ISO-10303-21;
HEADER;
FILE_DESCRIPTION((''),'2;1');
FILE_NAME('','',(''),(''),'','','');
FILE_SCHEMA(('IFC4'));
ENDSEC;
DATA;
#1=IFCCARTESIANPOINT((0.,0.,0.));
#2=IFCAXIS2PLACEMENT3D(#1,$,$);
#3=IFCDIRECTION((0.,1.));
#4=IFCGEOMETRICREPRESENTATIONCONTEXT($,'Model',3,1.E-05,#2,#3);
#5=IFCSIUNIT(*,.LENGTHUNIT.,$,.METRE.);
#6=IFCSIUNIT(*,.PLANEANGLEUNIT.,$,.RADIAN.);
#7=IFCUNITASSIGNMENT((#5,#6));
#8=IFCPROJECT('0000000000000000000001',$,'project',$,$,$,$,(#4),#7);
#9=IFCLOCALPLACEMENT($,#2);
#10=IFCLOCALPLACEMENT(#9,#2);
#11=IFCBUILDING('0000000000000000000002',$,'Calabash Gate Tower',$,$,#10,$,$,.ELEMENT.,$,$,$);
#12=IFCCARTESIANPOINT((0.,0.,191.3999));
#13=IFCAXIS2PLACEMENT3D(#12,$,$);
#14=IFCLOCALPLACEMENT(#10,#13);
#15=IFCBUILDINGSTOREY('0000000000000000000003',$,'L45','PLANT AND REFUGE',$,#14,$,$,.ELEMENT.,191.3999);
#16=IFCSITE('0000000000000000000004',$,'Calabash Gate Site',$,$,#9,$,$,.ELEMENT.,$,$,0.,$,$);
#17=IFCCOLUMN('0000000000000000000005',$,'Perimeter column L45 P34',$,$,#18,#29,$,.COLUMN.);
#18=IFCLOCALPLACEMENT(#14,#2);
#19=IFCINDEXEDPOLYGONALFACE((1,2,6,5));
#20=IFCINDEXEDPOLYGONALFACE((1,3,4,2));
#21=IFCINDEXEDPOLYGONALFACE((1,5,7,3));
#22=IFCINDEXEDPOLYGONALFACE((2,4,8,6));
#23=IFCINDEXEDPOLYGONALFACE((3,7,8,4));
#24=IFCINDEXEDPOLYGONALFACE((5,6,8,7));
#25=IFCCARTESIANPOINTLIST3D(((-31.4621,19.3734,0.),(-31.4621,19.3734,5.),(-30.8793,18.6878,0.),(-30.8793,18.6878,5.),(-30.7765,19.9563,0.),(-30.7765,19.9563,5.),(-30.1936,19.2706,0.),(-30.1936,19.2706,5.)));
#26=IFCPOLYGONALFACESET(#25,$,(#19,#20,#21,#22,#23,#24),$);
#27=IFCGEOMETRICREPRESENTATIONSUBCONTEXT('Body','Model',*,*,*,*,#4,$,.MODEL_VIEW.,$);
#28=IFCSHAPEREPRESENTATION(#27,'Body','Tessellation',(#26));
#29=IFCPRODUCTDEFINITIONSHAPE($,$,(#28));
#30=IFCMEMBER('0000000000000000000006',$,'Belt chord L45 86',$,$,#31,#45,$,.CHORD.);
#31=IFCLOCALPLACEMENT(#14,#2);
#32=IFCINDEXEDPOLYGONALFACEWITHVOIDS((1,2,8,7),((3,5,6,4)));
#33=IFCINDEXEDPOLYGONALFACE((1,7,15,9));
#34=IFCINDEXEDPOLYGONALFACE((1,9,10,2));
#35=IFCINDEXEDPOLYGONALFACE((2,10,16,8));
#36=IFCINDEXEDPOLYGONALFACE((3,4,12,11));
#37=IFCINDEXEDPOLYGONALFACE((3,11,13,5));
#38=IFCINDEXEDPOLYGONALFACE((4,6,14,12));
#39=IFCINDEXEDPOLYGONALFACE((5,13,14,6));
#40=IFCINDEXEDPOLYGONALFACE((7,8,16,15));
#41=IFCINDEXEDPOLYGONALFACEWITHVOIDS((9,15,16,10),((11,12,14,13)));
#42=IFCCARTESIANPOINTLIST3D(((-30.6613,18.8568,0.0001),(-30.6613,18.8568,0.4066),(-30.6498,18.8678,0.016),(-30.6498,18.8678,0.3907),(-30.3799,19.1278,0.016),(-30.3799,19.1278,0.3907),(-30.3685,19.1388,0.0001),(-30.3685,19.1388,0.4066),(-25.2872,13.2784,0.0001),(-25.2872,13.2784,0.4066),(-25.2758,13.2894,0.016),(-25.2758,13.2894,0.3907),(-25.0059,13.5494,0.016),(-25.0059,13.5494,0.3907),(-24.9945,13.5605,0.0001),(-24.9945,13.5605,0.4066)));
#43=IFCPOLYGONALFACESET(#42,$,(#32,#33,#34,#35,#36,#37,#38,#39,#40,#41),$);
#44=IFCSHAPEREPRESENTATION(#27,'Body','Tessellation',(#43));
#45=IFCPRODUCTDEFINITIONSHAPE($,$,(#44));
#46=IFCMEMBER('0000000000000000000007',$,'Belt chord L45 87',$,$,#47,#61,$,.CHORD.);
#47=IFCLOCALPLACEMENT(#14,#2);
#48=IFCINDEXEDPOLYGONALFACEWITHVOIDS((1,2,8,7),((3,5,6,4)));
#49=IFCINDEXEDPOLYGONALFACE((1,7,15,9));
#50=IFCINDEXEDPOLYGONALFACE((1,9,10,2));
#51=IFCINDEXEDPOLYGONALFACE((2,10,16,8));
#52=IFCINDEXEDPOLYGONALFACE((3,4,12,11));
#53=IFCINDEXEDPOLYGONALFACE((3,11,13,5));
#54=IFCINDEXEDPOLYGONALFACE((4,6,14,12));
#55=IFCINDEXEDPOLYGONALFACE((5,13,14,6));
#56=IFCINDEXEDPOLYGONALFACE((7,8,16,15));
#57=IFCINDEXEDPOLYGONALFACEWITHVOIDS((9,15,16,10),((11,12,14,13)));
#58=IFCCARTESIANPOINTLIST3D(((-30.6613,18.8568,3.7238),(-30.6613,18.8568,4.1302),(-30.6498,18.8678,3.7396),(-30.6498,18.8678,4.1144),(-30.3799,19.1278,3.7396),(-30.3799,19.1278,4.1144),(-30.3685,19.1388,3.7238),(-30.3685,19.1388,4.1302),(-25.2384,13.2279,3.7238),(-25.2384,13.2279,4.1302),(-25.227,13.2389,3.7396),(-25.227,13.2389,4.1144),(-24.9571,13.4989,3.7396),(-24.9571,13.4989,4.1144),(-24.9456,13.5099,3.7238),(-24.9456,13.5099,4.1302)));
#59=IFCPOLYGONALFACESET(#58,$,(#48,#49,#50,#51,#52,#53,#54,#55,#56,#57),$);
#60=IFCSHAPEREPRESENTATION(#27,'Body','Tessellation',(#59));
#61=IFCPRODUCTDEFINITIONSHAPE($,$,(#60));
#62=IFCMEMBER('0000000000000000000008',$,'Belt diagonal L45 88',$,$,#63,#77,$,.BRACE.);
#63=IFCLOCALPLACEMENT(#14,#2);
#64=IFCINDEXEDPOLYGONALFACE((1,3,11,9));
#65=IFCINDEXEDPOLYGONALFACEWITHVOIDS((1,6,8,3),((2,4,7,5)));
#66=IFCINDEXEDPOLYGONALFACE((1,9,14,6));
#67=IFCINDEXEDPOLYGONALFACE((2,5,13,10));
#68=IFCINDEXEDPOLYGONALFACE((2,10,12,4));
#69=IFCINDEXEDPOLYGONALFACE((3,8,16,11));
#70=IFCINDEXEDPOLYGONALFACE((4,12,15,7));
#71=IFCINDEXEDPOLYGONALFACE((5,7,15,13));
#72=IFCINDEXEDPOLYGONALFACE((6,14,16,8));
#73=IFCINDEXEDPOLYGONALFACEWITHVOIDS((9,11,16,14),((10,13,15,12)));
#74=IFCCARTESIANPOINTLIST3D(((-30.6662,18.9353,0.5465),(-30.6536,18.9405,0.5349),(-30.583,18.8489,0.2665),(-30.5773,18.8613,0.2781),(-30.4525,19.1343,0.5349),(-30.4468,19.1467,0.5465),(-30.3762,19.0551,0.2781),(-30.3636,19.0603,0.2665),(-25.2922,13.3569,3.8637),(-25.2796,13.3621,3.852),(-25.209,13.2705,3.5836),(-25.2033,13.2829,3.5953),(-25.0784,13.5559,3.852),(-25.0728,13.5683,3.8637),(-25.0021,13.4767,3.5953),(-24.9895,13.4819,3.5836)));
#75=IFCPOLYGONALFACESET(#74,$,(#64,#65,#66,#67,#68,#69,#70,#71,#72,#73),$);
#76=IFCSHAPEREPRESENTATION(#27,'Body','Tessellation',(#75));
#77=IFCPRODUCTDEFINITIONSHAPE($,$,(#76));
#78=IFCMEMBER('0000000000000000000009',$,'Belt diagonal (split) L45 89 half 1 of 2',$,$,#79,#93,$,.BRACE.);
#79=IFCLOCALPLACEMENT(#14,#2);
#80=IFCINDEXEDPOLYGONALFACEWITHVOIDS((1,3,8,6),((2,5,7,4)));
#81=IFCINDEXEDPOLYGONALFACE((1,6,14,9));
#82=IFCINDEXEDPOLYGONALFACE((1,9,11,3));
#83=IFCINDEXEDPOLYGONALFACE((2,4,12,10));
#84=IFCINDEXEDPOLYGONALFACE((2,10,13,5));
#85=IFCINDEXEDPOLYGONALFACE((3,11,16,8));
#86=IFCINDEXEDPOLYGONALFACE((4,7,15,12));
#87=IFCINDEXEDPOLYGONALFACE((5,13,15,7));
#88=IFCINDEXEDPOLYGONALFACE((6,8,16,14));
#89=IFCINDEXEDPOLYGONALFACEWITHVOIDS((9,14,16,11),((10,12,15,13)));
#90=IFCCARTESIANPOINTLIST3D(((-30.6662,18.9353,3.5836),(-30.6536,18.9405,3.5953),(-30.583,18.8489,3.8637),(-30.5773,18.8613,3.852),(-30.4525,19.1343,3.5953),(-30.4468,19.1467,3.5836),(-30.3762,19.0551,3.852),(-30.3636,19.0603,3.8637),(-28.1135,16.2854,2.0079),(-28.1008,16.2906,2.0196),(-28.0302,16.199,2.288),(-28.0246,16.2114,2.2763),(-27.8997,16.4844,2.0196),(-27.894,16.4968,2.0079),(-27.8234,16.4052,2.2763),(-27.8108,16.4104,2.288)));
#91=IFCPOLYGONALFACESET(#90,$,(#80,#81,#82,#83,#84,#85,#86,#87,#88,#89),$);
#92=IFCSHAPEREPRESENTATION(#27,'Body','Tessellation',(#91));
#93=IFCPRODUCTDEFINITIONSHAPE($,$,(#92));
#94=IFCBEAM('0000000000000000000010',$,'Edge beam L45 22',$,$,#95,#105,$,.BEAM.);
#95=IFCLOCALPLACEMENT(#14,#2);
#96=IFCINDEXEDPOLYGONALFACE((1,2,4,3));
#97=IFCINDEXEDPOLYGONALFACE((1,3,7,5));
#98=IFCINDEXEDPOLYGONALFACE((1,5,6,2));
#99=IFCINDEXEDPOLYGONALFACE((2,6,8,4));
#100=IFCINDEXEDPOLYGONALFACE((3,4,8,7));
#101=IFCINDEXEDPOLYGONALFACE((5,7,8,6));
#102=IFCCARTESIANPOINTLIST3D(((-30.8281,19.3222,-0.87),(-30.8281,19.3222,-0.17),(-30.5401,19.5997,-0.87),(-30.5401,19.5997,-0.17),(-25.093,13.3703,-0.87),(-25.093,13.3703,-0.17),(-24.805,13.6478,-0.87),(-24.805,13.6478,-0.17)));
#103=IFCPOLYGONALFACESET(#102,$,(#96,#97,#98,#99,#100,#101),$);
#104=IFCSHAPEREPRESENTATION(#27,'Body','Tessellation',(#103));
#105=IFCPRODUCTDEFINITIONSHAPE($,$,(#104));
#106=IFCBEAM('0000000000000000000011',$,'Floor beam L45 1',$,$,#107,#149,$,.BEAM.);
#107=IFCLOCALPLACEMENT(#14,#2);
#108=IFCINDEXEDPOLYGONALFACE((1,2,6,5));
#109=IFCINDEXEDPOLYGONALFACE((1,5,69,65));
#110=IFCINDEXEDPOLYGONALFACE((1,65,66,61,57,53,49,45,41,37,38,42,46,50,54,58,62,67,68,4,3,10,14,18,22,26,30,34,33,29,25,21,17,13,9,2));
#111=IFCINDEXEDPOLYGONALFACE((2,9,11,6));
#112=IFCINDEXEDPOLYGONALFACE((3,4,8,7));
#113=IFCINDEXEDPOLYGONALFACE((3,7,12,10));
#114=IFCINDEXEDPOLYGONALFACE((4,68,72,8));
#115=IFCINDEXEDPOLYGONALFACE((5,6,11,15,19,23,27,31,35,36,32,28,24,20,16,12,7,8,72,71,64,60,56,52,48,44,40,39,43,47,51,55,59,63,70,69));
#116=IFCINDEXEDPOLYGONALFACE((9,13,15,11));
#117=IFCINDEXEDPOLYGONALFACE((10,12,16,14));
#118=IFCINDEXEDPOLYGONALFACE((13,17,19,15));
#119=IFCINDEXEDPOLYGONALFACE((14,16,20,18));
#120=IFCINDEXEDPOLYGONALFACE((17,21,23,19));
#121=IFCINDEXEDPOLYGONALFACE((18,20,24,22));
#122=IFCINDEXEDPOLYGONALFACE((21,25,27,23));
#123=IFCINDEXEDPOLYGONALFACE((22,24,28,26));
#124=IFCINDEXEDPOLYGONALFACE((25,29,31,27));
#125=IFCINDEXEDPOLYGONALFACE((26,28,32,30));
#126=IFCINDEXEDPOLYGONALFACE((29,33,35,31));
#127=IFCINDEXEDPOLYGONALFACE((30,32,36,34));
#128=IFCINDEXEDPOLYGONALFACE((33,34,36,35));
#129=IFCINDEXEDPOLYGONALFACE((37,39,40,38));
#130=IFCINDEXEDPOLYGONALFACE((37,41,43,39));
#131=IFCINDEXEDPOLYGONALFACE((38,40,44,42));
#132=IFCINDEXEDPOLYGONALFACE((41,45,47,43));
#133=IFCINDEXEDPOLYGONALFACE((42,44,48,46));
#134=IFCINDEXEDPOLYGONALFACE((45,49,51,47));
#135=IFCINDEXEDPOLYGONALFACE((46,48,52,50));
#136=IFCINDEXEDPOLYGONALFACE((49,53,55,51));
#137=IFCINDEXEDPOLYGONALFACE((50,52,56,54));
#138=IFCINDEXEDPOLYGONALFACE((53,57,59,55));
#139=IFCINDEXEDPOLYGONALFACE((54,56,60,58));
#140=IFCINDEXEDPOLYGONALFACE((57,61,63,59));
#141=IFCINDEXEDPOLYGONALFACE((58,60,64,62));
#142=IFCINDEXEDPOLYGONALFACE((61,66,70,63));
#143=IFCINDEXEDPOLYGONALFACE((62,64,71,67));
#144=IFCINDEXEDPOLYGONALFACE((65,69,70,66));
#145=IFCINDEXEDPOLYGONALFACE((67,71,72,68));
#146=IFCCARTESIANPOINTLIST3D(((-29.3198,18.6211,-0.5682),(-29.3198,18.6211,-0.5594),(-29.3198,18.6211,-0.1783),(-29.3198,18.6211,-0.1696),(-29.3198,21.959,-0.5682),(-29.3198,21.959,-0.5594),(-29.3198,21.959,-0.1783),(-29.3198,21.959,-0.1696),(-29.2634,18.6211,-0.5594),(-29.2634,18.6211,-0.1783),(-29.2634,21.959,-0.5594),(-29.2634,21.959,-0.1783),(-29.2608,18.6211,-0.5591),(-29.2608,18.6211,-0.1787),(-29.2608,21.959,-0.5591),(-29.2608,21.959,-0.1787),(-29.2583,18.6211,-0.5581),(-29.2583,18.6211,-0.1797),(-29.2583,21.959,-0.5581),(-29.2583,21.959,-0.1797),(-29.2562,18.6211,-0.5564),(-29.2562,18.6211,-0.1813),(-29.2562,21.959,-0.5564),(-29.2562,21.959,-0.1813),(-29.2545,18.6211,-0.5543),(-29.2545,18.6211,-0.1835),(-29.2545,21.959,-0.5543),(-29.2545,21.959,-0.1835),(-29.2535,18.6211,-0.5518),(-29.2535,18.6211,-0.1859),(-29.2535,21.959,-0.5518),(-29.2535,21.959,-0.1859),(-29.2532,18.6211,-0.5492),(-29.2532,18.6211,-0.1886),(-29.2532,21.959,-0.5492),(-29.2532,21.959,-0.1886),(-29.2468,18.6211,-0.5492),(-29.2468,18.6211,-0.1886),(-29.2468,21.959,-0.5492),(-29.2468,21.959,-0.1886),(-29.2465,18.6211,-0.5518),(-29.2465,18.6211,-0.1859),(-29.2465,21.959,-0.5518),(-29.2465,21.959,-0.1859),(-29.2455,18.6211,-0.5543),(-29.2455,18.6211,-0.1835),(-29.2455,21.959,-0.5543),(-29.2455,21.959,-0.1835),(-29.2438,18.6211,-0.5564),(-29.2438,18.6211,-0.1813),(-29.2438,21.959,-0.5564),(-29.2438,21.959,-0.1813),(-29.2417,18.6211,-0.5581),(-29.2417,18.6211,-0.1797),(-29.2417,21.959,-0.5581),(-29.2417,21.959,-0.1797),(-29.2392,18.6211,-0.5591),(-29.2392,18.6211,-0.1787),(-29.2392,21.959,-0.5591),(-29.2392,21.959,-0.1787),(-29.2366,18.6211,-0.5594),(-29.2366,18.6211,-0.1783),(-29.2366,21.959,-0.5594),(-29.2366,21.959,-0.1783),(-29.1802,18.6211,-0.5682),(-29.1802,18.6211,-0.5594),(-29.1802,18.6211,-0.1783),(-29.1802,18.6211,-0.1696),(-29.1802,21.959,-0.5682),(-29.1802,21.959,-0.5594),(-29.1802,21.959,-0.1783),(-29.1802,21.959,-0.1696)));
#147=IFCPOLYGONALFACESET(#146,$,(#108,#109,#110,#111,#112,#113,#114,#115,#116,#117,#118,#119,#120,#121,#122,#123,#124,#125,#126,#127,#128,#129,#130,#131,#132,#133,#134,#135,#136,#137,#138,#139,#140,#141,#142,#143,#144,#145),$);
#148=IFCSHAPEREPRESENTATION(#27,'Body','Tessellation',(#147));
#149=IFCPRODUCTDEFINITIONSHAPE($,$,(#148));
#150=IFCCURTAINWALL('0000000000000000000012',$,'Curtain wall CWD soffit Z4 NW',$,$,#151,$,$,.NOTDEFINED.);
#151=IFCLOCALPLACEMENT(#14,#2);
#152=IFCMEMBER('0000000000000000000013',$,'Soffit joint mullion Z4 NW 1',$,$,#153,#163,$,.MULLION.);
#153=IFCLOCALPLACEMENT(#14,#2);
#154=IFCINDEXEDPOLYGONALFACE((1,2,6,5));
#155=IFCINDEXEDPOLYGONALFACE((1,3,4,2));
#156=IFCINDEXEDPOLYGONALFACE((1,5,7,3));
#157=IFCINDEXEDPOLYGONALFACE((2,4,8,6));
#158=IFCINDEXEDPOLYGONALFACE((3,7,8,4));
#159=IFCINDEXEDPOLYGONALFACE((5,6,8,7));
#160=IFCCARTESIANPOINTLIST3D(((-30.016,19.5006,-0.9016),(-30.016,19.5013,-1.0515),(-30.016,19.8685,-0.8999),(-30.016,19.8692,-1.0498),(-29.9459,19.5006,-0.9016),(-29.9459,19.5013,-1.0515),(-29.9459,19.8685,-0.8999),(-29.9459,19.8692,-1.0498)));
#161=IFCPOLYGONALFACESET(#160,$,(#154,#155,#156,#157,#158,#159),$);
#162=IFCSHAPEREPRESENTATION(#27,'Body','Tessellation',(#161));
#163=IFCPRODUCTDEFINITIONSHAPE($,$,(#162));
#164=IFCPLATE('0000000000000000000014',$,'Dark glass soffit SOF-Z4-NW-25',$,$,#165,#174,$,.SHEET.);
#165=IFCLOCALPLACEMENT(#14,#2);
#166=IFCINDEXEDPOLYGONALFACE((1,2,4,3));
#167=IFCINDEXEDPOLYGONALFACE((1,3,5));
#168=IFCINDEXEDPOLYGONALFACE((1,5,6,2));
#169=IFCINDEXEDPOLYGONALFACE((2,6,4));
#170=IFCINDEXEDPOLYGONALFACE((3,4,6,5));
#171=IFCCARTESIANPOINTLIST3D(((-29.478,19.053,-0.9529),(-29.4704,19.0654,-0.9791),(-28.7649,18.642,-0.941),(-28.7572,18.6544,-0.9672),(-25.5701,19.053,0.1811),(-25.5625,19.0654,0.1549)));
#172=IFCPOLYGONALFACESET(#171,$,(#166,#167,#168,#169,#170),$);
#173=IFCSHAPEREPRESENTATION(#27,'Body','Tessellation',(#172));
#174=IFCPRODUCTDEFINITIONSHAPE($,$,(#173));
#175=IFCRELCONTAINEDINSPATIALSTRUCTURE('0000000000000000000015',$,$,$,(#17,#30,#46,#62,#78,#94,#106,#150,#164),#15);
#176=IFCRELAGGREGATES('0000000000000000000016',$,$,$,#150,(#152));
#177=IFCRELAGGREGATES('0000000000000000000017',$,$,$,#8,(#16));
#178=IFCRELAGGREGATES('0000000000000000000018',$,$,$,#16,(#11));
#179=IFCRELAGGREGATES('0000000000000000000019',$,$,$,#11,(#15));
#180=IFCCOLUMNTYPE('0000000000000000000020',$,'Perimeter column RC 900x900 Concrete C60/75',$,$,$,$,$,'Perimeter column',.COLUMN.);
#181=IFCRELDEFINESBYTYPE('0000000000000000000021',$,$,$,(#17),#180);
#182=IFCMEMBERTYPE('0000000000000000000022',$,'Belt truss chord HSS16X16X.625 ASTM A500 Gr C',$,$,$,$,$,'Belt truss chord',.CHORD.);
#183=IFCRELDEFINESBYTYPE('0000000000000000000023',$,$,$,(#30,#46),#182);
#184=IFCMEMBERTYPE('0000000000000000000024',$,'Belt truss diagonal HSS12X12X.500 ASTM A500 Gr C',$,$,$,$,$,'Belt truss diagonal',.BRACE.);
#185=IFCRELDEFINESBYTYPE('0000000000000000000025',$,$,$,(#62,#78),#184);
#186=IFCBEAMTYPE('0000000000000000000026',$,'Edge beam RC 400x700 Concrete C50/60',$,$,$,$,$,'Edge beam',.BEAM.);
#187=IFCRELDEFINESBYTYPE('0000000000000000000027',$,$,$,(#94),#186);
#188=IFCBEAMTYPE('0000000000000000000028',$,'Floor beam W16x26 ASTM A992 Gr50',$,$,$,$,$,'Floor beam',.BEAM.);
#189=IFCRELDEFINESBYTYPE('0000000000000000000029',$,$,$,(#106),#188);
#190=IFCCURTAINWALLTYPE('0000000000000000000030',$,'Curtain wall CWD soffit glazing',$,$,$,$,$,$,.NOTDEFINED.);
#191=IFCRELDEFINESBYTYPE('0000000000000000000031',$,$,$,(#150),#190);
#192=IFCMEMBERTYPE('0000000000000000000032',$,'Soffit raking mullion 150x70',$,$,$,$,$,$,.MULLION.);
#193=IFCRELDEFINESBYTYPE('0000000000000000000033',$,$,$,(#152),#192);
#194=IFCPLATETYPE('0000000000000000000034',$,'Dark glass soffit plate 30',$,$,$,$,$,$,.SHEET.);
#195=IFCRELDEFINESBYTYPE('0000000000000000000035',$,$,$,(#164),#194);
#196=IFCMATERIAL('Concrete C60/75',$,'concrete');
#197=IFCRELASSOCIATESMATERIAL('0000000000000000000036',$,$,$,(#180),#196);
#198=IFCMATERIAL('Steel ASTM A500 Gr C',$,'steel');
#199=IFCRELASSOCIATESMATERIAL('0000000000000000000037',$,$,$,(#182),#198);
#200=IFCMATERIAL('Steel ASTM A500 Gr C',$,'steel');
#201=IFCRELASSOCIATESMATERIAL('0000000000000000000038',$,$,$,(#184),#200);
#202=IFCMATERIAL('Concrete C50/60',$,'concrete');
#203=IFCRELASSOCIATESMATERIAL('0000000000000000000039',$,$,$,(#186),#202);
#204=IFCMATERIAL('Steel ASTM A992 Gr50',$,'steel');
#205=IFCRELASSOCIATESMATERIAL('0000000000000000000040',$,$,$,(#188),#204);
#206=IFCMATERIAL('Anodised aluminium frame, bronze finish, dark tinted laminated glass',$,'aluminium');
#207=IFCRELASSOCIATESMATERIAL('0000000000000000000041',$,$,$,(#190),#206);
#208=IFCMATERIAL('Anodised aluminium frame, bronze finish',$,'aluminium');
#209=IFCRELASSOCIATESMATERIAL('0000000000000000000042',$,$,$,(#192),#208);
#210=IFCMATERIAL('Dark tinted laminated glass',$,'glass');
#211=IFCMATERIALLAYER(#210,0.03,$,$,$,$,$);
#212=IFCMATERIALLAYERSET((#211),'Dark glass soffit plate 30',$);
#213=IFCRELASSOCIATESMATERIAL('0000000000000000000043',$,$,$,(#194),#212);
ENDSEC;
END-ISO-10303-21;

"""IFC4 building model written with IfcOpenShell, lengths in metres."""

from ifc_helpers import new_model, si_unit, direction, frame, origin, origin_2d, place, context, subcontext, project, spatial, polyline, rectangle, hollow_rectangle, i_section, outline, extrude, material, layer, layer_set, material_profile, profile_set, type_object, element, aggregate, save


model = new_model("IFC4")

# Units and contexts
model_context = context("Model", 3, precision=1e-05, world=origin(), true_north=direction((0.0, 1.0)))
body_context = subcontext(model_context, "Body", "Model", "MODEL_VIEW")
ifc_project = project(units=[si_unit("LENGTHUNIT", "METRE"), si_unit("PLANEANGLEUNIT", "RADIAN")], contexts=[model_context])

# Site, building, storey
site_placement = place(None, origin())
site = spatial("IfcSite", under=ifc_project, at=site_placement, Name="Calabash Gate Site", CompositionType="ELEMENT", RefElevation=0.0)
building_placement = place(site_placement, origin())
building = spatial("IfcBuilding", under=site, at=building_placement, Name="Calabash Gate Tower", CompositionType="ELEMENT")
storey_placement = place(building_placement, frame((0.0, 0.0, 191.3999)))
storey = spatial("IfcBuildingStorey", under=building, at=storey_placement, Name="L45", Description="PLANT AND REFUGE", CompositionType="ELEMENT", Elevation=191.3999)

# Column
ifc_material_1 = material(Name="Concrete C60/75", Category="concrete")
ifc_material_profile_1 = material_profile(ifc_material_1, rectangle(XDim=0.8999, YDim=0.8999, at=origin_2d()))
ifc_profile_set_1 = profile_set([ifc_material_profile_1], Name="Concrete C60/75")
column_type = type_object("IfcColumnType", Name="Perimeter column RC 900x900 Concrete C60/75", ElementType="Perimeter column", PredefinedType="COLUMN", material=ifc_profile_set_1)
column_placement = place(storey_placement, frame((-30.8279, 19.322, 0.0), z_axis=(0.0, 0.0, 1.0), x_axis=(0.647704, -0.761892, 0.0)))
element("IfcColumn", 1, at=column_placement, inside=storey, type_object=column_type, Name="Perimeter column L45 P34", PredefinedType="COLUMN", context=body_context, shape_type="SweptSolid", body=[
    extrude(rectangle(XDim=0.8999, YDim=0.8999, at=origin_2d()), origin(), (0.0, 0.0, 1.0), 5.0),
])

# Members
ifc_material_2 = material(Name="Steel ASTM A500 Gr C", Category="steel")
ifc_material_profile_2 = material_profile(ifc_material_2, hollow_rectangle(XDim=0.4065, YDim=0.4065, WallThickness=0.0159, at=origin_2d()))
ifc_profile_set_2 = profile_set([ifc_material_profile_2], Name="Steel ASTM A500 Gr C")
member_type_1 = type_object("IfcMemberType", Name="Belt truss chord HSS16X16X.625 ASTM A500 Gr C", ElementType="Belt truss chord", PredefinedType="CHORD", material=ifc_profile_set_2)
member_1_placement = place(storey_placement, frame((-30.5149, 18.9978, 0.2034), z_axis=(0.693793, -0.720174, 0.0), x_axis=(0.720174, 0.693793, 0.0)))
element("IfcMember", 2, at=member_1_placement, inside=storey, type_object=member_type_1, Name="Belt chord L45 86", PredefinedType="CHORD", context=body_context, shape_type="SweptSolid", body=[
    extrude(hollow_rectangle(XDim=0.4065, YDim=0.4065, WallThickness=0.0159, at=origin_2d()), origin(), (0.0, 0.0, 1.0), 7.7458),
])
member_2_placement = place(storey_placement, frame((-30.5149, 18.9978, 3.927), z_axis=(0.693803, -0.720165, 0.0), x_axis=(0.720165, 0.693803, 0.0)))
element("IfcMember", 3, at=member_2_placement, inside=storey, type_object=member_type_1, Name="Belt chord L45 87", PredefinedType="CHORD", context=body_context, shape_type="SweptSolid", body=[
    extrude(hollow_rectangle(XDim=0.4065, YDim=0.4065, WallThickness=0.0159, at=origin_2d()), origin(), (0.0, 0.0, 1.0), 7.8162),
])
ifc_material_3 = material(Name="Steel ASTM A500 Gr C", Category="steel")
ifc_material_profile_3 = material_profile(ifc_material_3, hollow_rectangle(XDim=0.3047, YDim=0.3047, WallThickness=0.0127, at=origin_2d()))
ifc_profile_set_3 = profile_set([ifc_material_profile_3], Name="Steel ASTM A500 Gr C")
member_type_2 = type_object("IfcMemberType", Name="Belt truss diagonal HSS12X12X.500 ASTM A500 Gr C", ElementType="Belt truss diagonal", PredefinedType="BRACE", material=ifc_profile_set_3)
member_3_placement = place(storey_placement, frame((-30.5149, 18.9978, 0.4065), z_axis=(0.637771, -0.662023, 0.393667), x_axis=(0.720174, 0.693793, 0.0)))
element("IfcMember", 4, at=member_3_placement, inside=storey, type_object=member_type_2, Name="Belt diagonal L45 88", PredefinedType="BRACE", context=body_context, shape_type="SweptSolid", body=[
    extrude(hollow_rectangle(XDim=0.3047, YDim=0.3047, WallThickness=0.0127, at=origin_2d()), origin(), (0.0, 0.0, 1.0), 8.4263),
])
member_4_placement = place(storey_placement, frame((-30.5149, 18.9978, 3.7236), z_axis=(0.637761, -0.662037, -0.39366), x_axis=(0.720188, 0.693779, 0.0)))
element("IfcMember", 5, at=member_4_placement, inside=storey, type_object=member_type_2, Name="Belt diagonal (split) L45 89 half 1 of 2", PredefinedType="BRACE", context=body_context, shape_type="SweptSolid", body=[
    extrude(hollow_rectangle(XDim=0.3047, YDim=0.3047, WallThickness=0.0127, at=origin_2d()), origin(), (0.0, 0.0, 1.0), 4.0027),
])

# Beams
ifc_material_4 = material(Name="Concrete C50/60", Category="concrete")
ifc_material_profile_4 = material_profile(ifc_material_4, rectangle(XDim=0.3999, YDim=0.7, at=origin_2d()))
ifc_profile_set_4 = profile_set([ifc_material_profile_4], Name="Concrete C50/60")
beam_type_1 = type_object("IfcBeamType", Name="Edge beam RC 400x700 Concrete C50/60", ElementType="Edge beam", PredefinedType="BEAM", material=ifc_profile_set_4)
beam_1_placement = place(storey_placement, frame((-30.6841, 19.4609, -0.52), z_axis=(0.69387, -0.7201, 0.0), x_axis=(0.7201, 0.69387, 0.0)))
element("IfcBeam", 6, at=beam_1_placement, inside=storey, type_object=beam_type_1, Name="Edge beam L45 22", PredefinedType="BEAM", context=body_context, shape_type="SweptSolid", body=[
    extrude(rectangle(XDim=0.3999, YDim=0.7, at=origin_2d()), origin(), (0.0, 0.0, 1.0), 8.2654),
])
ifc_material_5 = material(Name="Steel ASTM A992 Gr50", Category="steel")
ifc_material_profile_5 = material_profile(ifc_material_5, i_section(OverallWidth=0.1396, OverallDepth=0.3987, WebThickness=0.0063, FlangeThickness=0.0088, FilletRadius=0.0103, at=origin_2d()))
ifc_profile_set_5 = profile_set([ifc_material_profile_5], Name="Steel ASTM A992 Gr50")
beam_type_2 = type_object("IfcBeamType", Name="Floor beam W16x26 ASTM A992 Gr50", ElementType="Floor beam", PredefinedType="BEAM", material=ifc_profile_set_5)
beam_2_placement = place(storey_placement, frame((-29.25, 18.6211, -0.3689), z_axis=(0.0, 1.0, 0.0), x_axis=(-1.0, 0.0, 0.0)))
element("IfcBeam", 7, at=beam_2_placement, inside=storey, type_object=beam_type_2, Name="Floor beam L45 1", PredefinedType="BEAM", context=body_context, shape_type="SweptSolid", body=[
    extrude(i_section(OverallWidth=0.1396, OverallDepth=0.3987, WebThickness=0.0063, FlangeThickness=0.0088, FilletRadius=0.0103, at=origin_2d()), origin(), (0.0, 0.0, 1.0), 3.3379),
])

# Curtain wall, member
ifc_material_6 = material(Name="Anodised aluminium frame, bronze finish, dark tinted laminated glass", Category="aluminium")
curtain_wall_type = type_object("IfcCurtainWallType", Name="Curtain wall CWD soffit glazing", PredefinedType="NOTDEFINED", material=ifc_material_6)
curtain_wall_placement = place(storey_placement, origin())
curtain_wall = element("IfcCurtainWall", 8, at=curtain_wall_placement, inside=storey, type_object=curtain_wall_type, Name="Curtain wall CWD soffit Z4 NW", PredefinedType="NOTDEFINED")
ifc_material_7 = material(Name="Anodised aluminium frame, bronze finish", Category="aluminium")
ifc_material_profile_6 = material_profile(ifc_material_7, rectangle(XDim=0.1499, YDim=0.0701, at=origin_2d()))
ifc_profile_set_6 = profile_set([ifc_material_profile_6], Name="Anodised aluminium frame, bronze finish")
member_type_3 = type_object("IfcMemberType", Name="Soffit raking mullion 150x70", PredefinedType="MULLION", material=ifc_profile_set_6)
member_5_placement = place(storey_placement, frame((-29.981, 19.501, -0.9766), z_axis=(0.0, 0.999989, 0.004645), x_axis=(0.0, -0.004645, 0.999989)))
member_5 = element("IfcMember", 9, at=member_5_placement, type_object=member_type_3, Name="Soffit joint mullion Z4 NW 1", PredefinedType="MULLION", context=body_context, shape_type="SweptSolid", body=[
    extrude(rectangle(XDim=0.1499, YDim=0.0701, at=origin_2d()), origin(), (0.0, 0.0, 1.0), 0.3679),
])
aggregate(curtain_wall, [member_5])

# Plate
ifc_material_8 = material(Name="Dark tinted laminated glass", Category="glass")
ifc_layer_1 = layer(ifc_material_8, 0.03)
ifc_layer_set_1 = layer_set([ifc_layer_1], Name="Dark glass soffit plate 30")
plate_type_1 = type_object("IfcPlateType", Name="Dark glass soffit plate 30", PredefinedType="SHEET", material=ifc_layer_set_1)
plate_1_placement = place(storey_placement, frame((-29.478, 19.053, -0.9529), z_axis=(-0.253596, -0.414695, 0.873909), x_axis=(0.960381, 0.0, 0.278689)))
element("IfcPlate", 10, at=plate_1_placement, inside=storey, type_object=plate_type_1, Name="Dark glass soffit SOF-Z4-NW-25", PredefinedType="SHEET", context=body_context, shape_type="SweptSolid", body=[
    extrude(outline(polyline([(0.0, 0.0), (4.0691, 0.0), (0.6882, -0.4517), (0.0, 0.0)])), origin(), (0.0, 0.0, -1.0), 0.03),
])

save(model, "model.ifc")
